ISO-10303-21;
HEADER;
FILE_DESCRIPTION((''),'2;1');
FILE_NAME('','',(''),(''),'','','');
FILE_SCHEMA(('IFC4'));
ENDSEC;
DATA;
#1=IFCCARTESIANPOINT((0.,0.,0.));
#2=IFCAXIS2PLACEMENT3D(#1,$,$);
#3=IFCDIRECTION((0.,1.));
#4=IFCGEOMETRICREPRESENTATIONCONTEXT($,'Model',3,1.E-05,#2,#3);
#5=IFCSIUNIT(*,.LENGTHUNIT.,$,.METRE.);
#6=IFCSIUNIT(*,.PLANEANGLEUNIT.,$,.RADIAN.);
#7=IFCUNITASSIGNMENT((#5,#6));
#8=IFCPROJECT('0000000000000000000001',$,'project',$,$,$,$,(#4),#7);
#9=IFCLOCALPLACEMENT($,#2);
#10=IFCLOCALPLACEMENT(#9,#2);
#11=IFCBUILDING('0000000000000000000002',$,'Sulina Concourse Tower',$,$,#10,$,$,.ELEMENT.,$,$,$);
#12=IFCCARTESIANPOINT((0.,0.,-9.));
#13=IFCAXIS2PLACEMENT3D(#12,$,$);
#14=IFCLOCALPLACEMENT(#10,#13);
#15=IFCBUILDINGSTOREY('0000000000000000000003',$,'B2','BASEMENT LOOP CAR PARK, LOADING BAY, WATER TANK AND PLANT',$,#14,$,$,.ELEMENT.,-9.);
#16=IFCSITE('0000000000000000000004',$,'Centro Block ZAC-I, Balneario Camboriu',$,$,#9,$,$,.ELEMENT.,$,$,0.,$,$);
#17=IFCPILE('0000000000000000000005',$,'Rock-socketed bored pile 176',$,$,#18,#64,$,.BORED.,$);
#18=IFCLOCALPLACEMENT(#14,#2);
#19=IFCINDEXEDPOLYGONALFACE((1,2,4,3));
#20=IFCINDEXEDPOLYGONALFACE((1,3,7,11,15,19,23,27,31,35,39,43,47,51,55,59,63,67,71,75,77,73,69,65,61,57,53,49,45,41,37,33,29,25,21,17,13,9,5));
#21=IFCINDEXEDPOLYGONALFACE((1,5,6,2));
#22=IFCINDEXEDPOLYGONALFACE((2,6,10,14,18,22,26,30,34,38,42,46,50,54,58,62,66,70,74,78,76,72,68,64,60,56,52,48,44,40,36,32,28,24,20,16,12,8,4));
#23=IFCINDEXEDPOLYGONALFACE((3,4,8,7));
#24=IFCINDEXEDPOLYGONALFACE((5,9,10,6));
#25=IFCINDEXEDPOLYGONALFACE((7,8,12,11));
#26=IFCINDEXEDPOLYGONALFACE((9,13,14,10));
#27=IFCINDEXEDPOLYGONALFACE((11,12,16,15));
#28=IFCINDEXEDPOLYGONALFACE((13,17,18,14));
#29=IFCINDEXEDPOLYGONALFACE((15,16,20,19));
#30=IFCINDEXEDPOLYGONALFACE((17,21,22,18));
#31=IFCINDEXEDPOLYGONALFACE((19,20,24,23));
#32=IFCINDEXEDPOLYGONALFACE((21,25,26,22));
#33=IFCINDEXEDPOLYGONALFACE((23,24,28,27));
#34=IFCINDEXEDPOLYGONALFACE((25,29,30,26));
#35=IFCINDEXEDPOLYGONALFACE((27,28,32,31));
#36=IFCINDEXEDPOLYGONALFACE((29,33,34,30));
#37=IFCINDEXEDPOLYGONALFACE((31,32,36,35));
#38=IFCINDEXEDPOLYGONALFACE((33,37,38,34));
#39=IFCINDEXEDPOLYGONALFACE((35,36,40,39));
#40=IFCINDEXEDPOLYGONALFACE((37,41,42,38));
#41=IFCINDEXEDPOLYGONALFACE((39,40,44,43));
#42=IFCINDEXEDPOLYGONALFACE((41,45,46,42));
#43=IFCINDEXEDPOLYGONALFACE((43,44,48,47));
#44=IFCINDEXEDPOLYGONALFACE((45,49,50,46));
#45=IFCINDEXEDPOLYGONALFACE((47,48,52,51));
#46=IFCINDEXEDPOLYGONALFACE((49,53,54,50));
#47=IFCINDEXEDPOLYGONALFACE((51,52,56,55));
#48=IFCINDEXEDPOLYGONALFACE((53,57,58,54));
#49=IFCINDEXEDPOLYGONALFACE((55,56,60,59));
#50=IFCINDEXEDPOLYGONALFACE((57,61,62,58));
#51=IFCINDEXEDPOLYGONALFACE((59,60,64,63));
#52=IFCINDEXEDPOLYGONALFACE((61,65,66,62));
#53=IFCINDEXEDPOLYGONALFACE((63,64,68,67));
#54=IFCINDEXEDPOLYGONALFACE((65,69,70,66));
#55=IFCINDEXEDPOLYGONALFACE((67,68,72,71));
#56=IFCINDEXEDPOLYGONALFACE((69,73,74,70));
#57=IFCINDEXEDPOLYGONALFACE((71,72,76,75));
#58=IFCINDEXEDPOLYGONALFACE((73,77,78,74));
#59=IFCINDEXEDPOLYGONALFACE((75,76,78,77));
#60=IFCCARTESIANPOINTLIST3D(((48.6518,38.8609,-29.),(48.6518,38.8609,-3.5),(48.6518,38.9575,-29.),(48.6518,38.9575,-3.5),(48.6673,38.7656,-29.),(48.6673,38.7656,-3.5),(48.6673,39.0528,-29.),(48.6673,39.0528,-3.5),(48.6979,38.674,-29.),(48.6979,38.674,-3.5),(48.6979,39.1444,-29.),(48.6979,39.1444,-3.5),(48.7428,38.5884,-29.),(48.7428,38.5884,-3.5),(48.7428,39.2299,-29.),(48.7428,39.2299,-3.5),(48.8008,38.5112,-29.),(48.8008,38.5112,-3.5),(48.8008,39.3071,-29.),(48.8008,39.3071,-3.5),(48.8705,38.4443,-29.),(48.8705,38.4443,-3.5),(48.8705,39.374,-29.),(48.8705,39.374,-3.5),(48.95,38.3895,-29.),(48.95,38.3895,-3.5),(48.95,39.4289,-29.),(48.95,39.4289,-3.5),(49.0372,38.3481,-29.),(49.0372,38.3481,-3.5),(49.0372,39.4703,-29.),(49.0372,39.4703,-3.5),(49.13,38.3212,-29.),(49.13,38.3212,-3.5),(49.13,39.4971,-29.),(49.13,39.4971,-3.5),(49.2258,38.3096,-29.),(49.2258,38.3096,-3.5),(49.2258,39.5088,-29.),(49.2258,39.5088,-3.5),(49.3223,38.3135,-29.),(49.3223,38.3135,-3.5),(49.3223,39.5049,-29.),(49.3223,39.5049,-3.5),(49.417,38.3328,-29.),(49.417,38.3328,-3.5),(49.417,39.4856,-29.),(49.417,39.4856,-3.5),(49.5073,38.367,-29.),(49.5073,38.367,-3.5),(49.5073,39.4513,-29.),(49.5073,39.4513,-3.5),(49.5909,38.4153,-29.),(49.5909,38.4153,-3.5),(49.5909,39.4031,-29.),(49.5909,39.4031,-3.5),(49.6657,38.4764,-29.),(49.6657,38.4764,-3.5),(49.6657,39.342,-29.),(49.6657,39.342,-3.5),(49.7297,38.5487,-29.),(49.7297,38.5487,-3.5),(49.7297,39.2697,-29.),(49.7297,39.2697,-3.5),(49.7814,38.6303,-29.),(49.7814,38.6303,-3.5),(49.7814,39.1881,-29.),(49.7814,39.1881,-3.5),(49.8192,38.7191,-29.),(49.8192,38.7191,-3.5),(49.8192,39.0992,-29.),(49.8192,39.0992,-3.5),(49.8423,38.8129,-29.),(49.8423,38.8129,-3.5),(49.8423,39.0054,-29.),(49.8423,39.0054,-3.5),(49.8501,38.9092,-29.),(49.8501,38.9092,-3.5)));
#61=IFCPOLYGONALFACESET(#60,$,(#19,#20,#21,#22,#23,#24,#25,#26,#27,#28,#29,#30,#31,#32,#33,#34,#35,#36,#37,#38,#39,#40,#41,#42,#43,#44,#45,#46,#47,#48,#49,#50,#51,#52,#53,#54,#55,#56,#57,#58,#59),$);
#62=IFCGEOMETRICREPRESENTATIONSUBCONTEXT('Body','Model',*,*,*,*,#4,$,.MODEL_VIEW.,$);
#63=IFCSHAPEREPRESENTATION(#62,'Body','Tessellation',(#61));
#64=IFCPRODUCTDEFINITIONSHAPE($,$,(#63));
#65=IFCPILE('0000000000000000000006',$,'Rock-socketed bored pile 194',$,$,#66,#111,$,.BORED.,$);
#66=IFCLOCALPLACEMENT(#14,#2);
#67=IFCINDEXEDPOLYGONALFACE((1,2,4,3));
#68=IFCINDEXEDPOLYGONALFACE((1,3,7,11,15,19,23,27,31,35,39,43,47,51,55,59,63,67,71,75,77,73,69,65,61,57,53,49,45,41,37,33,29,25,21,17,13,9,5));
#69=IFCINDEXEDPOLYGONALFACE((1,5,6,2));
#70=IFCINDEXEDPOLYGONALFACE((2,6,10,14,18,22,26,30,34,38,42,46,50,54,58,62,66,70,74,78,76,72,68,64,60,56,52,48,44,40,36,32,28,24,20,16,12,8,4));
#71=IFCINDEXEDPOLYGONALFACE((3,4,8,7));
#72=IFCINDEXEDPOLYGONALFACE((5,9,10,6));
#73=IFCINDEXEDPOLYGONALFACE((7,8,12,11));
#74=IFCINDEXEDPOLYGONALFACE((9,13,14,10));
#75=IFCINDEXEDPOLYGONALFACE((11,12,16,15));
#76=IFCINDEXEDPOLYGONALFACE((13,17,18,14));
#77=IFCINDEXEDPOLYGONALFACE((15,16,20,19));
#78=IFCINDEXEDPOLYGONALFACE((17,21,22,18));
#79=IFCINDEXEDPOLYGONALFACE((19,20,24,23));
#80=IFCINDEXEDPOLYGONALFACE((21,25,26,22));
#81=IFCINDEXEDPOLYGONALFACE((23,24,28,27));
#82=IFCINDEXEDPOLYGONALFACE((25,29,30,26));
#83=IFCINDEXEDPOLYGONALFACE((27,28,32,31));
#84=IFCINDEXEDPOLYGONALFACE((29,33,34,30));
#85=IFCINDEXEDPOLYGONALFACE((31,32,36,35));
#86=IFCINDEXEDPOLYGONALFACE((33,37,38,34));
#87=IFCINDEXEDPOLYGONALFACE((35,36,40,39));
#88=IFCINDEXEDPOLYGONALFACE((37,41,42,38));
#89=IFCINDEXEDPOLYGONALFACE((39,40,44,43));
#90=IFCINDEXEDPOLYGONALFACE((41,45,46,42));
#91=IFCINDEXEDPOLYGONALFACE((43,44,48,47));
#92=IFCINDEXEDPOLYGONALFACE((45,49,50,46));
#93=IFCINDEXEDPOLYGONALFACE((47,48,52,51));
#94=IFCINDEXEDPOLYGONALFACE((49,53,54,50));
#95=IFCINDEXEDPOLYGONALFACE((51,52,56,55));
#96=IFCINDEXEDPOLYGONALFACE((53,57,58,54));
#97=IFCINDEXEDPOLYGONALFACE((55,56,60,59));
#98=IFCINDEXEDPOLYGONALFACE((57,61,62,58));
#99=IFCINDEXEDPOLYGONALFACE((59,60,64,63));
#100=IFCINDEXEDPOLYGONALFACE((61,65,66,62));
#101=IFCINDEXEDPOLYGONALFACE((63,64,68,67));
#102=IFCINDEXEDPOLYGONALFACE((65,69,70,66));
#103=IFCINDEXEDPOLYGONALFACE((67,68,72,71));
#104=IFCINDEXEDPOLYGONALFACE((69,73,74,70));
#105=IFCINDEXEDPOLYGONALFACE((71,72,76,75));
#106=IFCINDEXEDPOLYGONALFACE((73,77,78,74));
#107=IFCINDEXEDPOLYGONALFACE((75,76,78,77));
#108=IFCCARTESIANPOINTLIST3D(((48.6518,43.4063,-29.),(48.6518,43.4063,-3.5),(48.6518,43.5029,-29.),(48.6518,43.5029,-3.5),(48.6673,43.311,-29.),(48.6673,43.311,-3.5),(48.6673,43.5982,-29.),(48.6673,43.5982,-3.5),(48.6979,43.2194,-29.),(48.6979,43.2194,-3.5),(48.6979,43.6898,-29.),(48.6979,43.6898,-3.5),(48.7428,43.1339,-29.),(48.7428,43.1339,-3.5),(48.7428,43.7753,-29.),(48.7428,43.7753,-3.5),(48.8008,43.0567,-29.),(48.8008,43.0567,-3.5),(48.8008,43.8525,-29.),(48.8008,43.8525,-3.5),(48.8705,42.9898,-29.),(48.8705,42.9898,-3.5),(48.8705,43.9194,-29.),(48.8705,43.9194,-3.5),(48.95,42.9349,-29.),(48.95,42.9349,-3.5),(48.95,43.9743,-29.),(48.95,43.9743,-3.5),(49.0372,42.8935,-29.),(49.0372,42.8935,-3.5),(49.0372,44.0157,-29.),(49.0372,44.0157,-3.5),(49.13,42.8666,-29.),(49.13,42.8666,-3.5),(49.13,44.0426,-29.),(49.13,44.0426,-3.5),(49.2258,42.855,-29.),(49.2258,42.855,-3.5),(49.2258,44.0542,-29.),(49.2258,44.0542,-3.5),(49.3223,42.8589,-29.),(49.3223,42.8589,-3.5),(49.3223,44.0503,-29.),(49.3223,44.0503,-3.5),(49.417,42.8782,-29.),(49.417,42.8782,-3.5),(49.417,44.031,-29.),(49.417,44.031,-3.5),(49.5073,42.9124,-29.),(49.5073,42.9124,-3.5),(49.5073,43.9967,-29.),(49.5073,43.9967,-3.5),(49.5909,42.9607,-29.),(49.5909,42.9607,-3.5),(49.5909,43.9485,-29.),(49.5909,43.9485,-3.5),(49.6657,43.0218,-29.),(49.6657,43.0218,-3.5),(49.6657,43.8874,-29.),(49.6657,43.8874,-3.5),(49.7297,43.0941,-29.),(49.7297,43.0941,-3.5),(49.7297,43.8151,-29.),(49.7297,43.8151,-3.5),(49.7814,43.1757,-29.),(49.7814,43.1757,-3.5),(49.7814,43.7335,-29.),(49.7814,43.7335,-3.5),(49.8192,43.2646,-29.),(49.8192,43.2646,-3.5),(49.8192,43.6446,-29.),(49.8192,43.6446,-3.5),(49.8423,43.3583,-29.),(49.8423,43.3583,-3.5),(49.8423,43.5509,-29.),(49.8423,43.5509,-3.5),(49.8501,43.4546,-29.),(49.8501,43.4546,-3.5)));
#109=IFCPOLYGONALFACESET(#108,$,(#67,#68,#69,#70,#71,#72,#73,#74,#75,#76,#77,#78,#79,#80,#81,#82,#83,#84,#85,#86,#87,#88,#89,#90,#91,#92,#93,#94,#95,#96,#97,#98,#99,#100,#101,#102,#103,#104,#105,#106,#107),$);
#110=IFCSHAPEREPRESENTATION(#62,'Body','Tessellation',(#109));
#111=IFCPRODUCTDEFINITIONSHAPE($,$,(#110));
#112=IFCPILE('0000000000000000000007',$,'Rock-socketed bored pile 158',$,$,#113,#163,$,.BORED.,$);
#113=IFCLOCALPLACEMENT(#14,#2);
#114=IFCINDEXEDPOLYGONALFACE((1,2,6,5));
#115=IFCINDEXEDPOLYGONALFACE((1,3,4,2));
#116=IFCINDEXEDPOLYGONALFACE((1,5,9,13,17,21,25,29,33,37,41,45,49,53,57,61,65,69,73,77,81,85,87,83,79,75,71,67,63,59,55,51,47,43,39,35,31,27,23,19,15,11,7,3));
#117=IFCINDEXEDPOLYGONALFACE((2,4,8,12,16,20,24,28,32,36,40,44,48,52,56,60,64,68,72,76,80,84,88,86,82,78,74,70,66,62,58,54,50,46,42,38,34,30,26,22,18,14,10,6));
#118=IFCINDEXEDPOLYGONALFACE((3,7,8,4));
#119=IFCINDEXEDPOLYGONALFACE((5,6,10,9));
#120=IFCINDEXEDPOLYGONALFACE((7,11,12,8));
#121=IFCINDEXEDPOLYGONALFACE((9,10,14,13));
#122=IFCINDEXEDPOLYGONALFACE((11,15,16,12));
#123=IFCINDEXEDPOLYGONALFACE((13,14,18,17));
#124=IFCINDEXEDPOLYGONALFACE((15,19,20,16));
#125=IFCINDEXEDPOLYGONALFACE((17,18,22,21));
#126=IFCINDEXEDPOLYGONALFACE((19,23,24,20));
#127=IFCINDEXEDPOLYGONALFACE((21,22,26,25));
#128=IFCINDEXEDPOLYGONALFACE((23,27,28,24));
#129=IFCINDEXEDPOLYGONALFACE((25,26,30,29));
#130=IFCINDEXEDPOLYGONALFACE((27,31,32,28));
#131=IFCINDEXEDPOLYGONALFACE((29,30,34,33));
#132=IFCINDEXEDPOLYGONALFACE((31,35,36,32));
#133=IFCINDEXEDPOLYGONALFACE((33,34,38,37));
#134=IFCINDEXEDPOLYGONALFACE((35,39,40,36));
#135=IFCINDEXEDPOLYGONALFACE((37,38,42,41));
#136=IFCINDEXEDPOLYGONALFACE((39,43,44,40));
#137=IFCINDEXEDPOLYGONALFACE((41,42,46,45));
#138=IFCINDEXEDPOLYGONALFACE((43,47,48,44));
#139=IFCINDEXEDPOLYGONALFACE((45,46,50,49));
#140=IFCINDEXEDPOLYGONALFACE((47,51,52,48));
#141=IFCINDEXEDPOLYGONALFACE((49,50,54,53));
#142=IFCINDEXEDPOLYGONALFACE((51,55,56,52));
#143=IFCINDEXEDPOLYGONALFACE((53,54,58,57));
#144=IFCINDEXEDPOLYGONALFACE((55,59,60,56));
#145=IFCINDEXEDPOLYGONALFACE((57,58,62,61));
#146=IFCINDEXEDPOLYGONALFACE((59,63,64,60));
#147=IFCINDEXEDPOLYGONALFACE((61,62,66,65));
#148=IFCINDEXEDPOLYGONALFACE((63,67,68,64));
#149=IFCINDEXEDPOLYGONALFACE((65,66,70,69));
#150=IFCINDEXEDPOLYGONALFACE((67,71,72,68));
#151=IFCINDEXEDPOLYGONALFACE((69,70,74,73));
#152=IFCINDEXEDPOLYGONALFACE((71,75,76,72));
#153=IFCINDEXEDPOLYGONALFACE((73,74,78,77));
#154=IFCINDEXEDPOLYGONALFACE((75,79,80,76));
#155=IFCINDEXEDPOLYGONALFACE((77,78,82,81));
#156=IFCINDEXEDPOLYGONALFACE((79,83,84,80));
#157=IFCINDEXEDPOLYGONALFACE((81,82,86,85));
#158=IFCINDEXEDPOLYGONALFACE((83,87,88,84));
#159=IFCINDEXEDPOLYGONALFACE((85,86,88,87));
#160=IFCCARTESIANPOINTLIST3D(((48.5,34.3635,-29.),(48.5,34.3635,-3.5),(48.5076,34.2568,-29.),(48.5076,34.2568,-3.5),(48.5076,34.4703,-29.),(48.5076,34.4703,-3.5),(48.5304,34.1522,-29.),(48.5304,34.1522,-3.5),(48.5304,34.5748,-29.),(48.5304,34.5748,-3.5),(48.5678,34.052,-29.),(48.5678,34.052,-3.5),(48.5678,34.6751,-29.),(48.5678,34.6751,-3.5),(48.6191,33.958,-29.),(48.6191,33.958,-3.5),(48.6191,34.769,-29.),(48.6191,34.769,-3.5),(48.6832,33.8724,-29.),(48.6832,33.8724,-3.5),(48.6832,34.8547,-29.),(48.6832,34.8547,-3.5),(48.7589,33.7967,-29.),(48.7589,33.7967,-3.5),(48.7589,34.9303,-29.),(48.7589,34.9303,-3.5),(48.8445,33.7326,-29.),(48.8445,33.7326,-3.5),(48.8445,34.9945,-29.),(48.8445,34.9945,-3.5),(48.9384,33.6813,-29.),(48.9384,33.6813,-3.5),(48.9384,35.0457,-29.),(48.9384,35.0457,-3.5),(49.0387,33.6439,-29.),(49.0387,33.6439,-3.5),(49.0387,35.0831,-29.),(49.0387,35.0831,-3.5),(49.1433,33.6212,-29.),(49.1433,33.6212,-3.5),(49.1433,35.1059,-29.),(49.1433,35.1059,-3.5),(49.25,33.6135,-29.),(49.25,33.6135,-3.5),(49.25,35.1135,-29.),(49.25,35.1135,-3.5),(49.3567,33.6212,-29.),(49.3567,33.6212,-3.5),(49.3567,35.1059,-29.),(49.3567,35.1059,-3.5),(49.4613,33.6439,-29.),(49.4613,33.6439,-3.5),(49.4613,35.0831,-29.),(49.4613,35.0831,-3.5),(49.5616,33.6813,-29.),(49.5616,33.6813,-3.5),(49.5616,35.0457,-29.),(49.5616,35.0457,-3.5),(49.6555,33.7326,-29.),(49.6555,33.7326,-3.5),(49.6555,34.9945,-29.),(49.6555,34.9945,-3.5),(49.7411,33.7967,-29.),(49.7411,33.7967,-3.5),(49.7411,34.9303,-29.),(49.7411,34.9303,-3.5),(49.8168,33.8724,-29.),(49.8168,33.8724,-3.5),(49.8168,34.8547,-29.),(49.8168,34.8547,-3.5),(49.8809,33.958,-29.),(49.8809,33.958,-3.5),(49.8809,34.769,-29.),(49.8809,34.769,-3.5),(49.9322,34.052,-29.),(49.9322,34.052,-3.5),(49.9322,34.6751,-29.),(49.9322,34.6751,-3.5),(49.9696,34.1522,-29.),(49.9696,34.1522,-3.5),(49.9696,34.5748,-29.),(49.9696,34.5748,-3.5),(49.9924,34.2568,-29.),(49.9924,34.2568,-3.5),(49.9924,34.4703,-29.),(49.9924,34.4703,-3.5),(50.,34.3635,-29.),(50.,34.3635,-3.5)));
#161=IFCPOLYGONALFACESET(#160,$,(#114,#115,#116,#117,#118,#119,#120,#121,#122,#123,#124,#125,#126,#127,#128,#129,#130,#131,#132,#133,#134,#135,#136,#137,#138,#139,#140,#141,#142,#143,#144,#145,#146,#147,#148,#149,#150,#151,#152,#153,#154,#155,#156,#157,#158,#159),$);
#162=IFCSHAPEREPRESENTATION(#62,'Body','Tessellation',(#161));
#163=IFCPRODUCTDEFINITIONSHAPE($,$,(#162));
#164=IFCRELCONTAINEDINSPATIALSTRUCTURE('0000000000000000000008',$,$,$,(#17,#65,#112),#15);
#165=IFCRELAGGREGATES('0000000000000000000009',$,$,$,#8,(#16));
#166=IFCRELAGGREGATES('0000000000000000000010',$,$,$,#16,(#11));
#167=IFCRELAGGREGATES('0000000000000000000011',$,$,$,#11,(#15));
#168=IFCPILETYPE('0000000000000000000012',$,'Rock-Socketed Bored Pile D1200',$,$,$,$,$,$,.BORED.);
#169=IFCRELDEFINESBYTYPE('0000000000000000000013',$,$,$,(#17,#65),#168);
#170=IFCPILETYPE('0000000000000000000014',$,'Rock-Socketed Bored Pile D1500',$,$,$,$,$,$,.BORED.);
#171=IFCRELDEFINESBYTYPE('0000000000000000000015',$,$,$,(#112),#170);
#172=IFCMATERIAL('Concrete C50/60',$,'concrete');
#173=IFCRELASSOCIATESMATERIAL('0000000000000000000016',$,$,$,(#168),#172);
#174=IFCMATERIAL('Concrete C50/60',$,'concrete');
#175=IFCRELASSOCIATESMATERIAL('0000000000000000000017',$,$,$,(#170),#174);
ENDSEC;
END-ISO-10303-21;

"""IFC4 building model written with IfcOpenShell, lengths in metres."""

from ifc_helpers import new_model, si_unit, direction, frame, origin, origin_2d, place, context, subcontext, project, spatial, circle, extrude, material, material_profile, profile_set, type_object, element, save


model = new_model("IFC4")

# Units and contexts
model_context = context("Model", 3, precision=1e-05, world=origin(), true_north=direction((0.0, 1.0)))
body_context = subcontext(model_context, "Body", "Model", "MODEL_VIEW")
ifc_project = project(units=[si_unit("LENGTHUNIT", "METRE"), si_unit("PLANEANGLEUNIT", "RADIAN")], contexts=[model_context])

# Site, building, storey
site_placement = place(None, origin())
site = spatial("IfcSite", under=ifc_project, at=site_placement, Name="Centro Block ZAC-I, Balneario Camboriu", CompositionType="ELEMENT", RefElevation=0.0)
building_placement = place(site_placement, origin())
building = spatial("IfcBuilding", under=site, at=building_placement, Name="Sulina Concourse Tower", CompositionType="ELEMENT")
storey_placement = place(building_placement, frame((0.0, 0.0, -9.0)))
storey = spatial("IfcBuildingStorey", under=building, at=storey_placement, Name="B2", Description="BASEMENT LOOP CAR PARK, LOADING BAY, WATER TANK AND PLANT", CompositionType="ELEMENT", Elevation=-9.0)

# Piles
ifc_material_1 = material(Name="Concrete C50/60", Category="concrete")
ifc_material_profile_1 = material_profile(ifc_material_1, circle(Radius=0.6001, at=origin_2d()), Name="PILE D1200")
ifc_profile_set_1 = profile_set([ifc_material_profile_1], Name="Concrete C50/60")
pile_type_1 = type_object("IfcPileType", Name="Rock-Socketed Bored Pile D1200", PredefinedType="BORED", material=ifc_profile_set_1)
for number, where, z_axis, x_axis, name in (
    (1, (49.25, 38.9092, -3.5), (0.0, 0.0, -1.0), (1.0, 0.0, 0.0), "Rock-socketed bored pile 176"),
    (2, (49.25, 43.4546, -3.5), (0.0, 0.0, -1.0), (1.0, 0.0, 0.0), "Rock-socketed bored pile 194"),
):
    element("IfcPile", number, at=place(storey_placement, frame(where, z_axis=z_axis, x_axis=x_axis)), inside=storey, type_object=pile_type_1, Name=name, PredefinedType="BORED", context=body_context, shape_type="SweptSolid", body=[
        extrude(circle(Radius=0.6001, at=origin_2d()), origin(), (0.0, 0.0, 1.0), 25.5),
    ])
ifc_material_2 = material(Name="Concrete C50/60", Category="concrete")
ifc_material_profile_2 = material_profile(ifc_material_2, circle(Radius=0.75, at=origin_2d()), Name="PILE D1500")
ifc_profile_set_2 = profile_set([ifc_material_profile_2], Name="Concrete C50/60")
pile_type_2 = type_object("IfcPileType", Name="Rock-Socketed Bored Pile D1500", PredefinedType="BORED", material=ifc_profile_set_2)
for number, where, z_axis, x_axis, name in (
    (3, (49.25, 34.3635, -3.5), (0.0, 0.0, -1.0), (1.0, 0.0, 0.0), "Rock-socketed bored pile 158"),
):
    element("IfcPile", number, at=place(storey_placement, frame(where, z_axis=z_axis, x_axis=x_axis)), inside=storey, type_object=pile_type_2, Name=name, PredefinedType="BORED", context=body_context, shape_type="SweptSolid", body=[
        extrude(circle(Radius=0.75, at=origin_2d()), origin(), (0.0, 0.0, 1.0), 25.5),
    ])

save(model, "model.ifc")
